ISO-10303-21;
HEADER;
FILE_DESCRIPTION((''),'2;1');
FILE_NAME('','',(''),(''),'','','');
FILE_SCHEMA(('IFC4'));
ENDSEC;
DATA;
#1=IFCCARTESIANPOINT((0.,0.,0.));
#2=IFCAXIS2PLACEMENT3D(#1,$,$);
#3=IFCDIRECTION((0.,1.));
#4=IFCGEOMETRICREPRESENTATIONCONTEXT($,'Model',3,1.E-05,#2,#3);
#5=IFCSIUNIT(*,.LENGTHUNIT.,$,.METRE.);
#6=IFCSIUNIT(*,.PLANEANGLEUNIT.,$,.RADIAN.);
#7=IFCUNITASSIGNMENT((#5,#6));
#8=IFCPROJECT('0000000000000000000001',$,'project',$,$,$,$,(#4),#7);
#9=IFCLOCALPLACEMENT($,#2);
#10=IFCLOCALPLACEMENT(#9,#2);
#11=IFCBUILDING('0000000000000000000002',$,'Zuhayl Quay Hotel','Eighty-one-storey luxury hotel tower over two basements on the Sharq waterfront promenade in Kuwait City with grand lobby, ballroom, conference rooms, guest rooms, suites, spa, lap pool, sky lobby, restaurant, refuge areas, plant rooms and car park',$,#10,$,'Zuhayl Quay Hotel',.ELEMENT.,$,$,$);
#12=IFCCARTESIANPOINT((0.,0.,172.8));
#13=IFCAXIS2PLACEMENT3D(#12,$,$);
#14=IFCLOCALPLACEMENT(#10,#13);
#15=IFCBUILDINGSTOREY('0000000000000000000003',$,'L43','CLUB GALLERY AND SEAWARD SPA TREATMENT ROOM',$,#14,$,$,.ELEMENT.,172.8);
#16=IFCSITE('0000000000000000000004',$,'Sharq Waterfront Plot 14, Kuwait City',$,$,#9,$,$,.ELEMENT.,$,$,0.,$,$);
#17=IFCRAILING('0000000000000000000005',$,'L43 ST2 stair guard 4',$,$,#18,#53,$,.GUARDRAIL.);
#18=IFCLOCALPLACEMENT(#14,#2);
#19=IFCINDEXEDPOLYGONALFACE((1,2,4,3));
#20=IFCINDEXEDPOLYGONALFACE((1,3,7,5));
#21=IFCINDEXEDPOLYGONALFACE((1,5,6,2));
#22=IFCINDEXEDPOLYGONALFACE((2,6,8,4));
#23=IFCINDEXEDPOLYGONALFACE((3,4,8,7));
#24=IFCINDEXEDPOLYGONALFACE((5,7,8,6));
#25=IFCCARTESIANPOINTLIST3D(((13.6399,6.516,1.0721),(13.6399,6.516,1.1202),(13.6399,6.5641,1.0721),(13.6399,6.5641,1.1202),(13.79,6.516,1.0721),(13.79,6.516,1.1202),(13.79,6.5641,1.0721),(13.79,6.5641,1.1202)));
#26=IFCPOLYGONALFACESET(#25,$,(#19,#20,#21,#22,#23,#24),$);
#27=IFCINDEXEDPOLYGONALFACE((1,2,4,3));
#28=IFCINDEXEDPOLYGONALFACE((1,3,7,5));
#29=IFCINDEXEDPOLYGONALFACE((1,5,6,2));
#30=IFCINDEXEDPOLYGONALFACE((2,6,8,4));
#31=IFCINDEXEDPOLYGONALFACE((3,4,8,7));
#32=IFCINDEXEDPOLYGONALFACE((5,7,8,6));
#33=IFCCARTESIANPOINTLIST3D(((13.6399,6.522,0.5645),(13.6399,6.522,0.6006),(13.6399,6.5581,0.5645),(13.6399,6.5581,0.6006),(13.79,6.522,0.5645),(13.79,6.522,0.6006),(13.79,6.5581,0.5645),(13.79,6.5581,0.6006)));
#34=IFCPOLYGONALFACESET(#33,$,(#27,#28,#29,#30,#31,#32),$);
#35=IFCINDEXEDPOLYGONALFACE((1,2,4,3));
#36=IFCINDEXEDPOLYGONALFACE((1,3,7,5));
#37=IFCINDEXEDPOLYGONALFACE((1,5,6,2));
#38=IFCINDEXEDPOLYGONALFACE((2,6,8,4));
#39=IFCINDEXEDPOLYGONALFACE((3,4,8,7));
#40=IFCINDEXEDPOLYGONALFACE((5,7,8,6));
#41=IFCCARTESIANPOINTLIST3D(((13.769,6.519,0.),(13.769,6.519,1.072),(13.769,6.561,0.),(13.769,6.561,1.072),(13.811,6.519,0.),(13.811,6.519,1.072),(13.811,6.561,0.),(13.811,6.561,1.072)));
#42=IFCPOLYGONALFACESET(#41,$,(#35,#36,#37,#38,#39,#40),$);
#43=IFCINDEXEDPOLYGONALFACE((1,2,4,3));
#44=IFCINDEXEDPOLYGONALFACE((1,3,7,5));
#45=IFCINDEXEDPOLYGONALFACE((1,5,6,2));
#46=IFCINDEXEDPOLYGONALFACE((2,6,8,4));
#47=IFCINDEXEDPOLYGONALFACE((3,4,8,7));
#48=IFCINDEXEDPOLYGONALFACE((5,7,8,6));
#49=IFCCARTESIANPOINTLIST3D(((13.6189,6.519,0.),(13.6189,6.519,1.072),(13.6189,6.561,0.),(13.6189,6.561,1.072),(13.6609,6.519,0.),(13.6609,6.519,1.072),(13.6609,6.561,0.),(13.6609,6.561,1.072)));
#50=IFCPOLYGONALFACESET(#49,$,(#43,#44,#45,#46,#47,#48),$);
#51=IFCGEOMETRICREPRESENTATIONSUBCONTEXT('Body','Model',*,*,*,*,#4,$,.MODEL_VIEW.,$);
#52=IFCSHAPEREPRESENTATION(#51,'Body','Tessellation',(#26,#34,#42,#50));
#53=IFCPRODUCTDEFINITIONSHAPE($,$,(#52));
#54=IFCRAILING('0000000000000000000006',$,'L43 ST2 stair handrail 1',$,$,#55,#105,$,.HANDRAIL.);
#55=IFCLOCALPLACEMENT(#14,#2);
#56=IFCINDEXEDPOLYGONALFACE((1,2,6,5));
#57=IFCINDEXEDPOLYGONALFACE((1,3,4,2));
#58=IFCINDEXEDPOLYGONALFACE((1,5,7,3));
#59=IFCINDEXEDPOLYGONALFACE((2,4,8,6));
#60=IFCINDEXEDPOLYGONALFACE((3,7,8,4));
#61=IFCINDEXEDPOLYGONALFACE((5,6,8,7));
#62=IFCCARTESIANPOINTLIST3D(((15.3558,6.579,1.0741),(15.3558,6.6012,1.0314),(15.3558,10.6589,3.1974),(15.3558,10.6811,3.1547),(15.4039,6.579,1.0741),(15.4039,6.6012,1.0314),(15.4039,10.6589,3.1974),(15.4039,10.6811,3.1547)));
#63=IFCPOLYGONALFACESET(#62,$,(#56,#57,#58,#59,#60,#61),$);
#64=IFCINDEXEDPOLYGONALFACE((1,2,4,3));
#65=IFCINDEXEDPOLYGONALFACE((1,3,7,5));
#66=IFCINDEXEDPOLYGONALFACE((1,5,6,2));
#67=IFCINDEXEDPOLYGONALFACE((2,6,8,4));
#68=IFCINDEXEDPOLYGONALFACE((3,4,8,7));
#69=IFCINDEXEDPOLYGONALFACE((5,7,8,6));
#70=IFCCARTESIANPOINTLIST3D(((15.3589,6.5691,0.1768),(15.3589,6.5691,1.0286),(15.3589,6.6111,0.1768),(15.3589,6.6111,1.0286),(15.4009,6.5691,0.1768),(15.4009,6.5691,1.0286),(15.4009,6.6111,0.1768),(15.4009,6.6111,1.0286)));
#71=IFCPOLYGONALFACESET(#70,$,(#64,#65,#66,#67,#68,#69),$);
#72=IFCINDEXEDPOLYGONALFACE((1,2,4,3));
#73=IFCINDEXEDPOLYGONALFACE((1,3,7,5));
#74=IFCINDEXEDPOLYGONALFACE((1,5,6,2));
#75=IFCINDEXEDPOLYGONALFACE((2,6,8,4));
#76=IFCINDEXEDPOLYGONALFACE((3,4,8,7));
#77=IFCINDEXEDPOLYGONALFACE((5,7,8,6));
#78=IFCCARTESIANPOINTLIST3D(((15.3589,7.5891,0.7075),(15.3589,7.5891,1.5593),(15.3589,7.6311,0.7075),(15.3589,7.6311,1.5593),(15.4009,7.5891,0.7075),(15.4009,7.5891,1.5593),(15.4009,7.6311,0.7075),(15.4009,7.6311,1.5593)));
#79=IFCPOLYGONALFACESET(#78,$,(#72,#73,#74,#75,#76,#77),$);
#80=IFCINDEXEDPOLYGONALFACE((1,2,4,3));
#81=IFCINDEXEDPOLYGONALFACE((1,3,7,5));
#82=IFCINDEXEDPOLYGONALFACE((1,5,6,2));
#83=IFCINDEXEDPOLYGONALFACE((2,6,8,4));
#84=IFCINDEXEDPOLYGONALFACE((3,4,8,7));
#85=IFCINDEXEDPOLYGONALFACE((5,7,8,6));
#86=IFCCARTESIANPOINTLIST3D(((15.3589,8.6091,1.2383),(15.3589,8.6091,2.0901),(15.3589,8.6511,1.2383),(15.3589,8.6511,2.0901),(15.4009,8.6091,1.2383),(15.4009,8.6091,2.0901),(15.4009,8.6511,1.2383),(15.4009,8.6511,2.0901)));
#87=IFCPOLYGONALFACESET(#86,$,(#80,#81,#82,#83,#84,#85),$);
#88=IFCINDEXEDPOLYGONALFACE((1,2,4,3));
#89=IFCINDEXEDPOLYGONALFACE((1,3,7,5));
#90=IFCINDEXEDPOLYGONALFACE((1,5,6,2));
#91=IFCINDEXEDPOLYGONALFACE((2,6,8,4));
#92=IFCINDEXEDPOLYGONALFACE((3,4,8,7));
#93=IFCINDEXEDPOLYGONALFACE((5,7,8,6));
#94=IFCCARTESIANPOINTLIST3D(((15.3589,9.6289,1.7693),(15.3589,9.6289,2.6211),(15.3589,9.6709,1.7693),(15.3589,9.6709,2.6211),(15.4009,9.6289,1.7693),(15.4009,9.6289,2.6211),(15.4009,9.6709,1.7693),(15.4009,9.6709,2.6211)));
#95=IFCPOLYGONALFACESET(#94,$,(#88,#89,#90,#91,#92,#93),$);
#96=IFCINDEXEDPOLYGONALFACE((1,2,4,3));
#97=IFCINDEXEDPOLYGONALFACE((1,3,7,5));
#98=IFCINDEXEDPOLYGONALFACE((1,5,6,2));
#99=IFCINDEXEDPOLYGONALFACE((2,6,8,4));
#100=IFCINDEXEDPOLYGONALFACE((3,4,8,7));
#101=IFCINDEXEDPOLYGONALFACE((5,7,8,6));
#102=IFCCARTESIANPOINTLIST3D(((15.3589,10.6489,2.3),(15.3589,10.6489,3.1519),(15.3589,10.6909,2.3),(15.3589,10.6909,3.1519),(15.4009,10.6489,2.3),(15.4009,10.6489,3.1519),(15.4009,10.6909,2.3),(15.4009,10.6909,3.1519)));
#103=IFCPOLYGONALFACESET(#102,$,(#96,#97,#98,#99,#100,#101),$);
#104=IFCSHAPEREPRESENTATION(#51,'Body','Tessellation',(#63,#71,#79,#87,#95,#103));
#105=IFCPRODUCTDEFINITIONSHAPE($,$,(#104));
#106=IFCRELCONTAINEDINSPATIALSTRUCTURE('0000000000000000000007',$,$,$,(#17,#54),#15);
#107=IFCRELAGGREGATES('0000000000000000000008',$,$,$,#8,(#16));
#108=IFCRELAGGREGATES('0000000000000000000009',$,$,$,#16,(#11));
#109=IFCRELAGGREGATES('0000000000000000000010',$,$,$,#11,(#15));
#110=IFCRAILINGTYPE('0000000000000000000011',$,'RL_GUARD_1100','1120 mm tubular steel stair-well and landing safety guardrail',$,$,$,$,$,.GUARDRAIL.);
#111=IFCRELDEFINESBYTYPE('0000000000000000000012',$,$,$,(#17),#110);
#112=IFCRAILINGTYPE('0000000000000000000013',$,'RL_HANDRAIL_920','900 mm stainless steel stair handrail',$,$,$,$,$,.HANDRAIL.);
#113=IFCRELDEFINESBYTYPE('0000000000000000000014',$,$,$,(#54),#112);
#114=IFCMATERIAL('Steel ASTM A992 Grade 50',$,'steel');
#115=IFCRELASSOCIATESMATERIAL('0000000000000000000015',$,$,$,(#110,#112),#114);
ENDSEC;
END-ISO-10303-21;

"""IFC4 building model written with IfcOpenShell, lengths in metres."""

from ifc_helpers import new_model, si_unit, direction, frame, origin, origin_2d, place, context, subcontext, project, spatial, rectangle, extrude, material, type_object, element, save


model = new_model("IFC4")

# Units and contexts
model_context = context("Model", 3, precision=1e-05, world=origin(), true_north=direction((0.0, 1.0)))
body_context = subcontext(model_context, "Body", "Model", "MODEL_VIEW")
ifc_project = project(units=[si_unit("LENGTHUNIT", "METRE"), si_unit("PLANEANGLEUNIT", "RADIAN")], contexts=[model_context])

# Site, building, storey
site_placement = place(None, origin())
site = spatial("IfcSite", under=ifc_project, at=site_placement, Name="Sharq Waterfront Plot 14, Kuwait City", CompositionType="ELEMENT", RefElevation=0.0)
building_placement = place(site_placement, origin())
building = spatial("IfcBuilding", under=site, at=building_placement, Name="Zuhayl Quay Hotel", Description="Eighty-one-storey luxury hotel tower over two basements on the Sharq waterfront promenade in Kuwait City with grand lobby, ballroom, conference rooms, guest rooms, suites, spa, lap pool, sky lobby, restaurant, refuge areas, plant rooms and car park", LongName="Zuhayl Quay Hotel", CompositionType="ELEMENT")
storey_placement = place(building_placement, frame((0.0, 0.0, 172.8)))
storey = spatial("IfcBuildingStorey", under=building, at=storey_placement, Name="L43", Description="CLUB GALLERY AND SEAWARD SPA TREATMENT ROOM", CompositionType="ELEMENT", Elevation=172.8)

# Shared definitions
ifc_material_1 = material(Name="Steel ASTM A992 Grade 50", Category="steel")

# Railings
railing_type_1 = type_object("IfcRailingType", Name="RL_GUARD_1100", Description="1120 mm tubular steel stair-well and landing safety guardrail", PredefinedType="GUARDRAIL", material=ifc_material_1)
railing_1_placement = place(storey_placement, frame((13.79, 6.54, 0.0)))
element("IfcRailing", 1, at=railing_1_placement, inside=storey, type_object=railing_type_1, Name="L43 ST2 stair guard 4", PredefinedType="GUARDRAIL", context=body_context, shape_type="SweptSolid", body=[
    extrude(rectangle(XDim=0.0481, YDim=0.0481, at=origin_2d()), frame((0.0, 0.0, 1.0962), z_axis=(-1.0, 0.0, 0.0), x_axis=(0.0, -1.0, 0.0)), (0.0, 0.0, 1.0), 0.1501),
    extrude(rectangle(XDim=0.0361, YDim=0.0361, at=origin_2d()), frame((0.0, 0.0, 0.5825), z_axis=(-1.0, 0.0, 0.0), x_axis=(0.0, -1.0, 0.0)), (0.0, 0.0, 1.0), 0.1501),
    extrude(rectangle(XDim=0.042, YDim=0.042, at=origin_2d()), origin(), (0.0, 0.0, 1.0), 1.072),
    extrude(rectangle(XDim=0.042, YDim=0.042, at=origin_2d()), frame((-0.1501, 0.0, 0.0)), (0.0, 0.0, 1.0), 1.072),
])
railing_type_2 = type_object("IfcRailingType", Name="RL_HANDRAIL_920", Description="900 mm stainless steel stair handrail", PredefinedType="HANDRAIL", material=ifc_material_1)
railing_2_placement = place(storey_placement, frame((15.3799, 6.5901, 0.1768)))
element("IfcRailing", 2, at=railing_2_placement, inside=storey, type_object=railing_type_2, Name="L43 ST2 stair handrail 1", PredefinedType="HANDRAIL", context=body_context, shape_type="SweptSolid", body=[
    extrude(rectangle(XDim=0.0481, YDim=0.0481, at=origin_2d()), frame((0.0, 0.0, 0.876), z_axis=(0.0, 0.887059, 0.461657), x_axis=(-1.0, 0.0, 0.0)), (0.0, 0.0, 1.0), 4.5994),
    extrude(rectangle(XDim=0.042, YDim=0.042, at=origin_2d()), origin(), (0.0, 0.0, 1.0), 0.8518),
    extrude(rectangle(XDim=0.042, YDim=0.042, at=origin_2d()), frame((0.0, 1.02, 0.5308)), (0.0, 0.0, 1.0), 0.8518),
    extrude(rectangle(XDim=0.042, YDim=0.042, at=origin_2d()), frame((0.0, 2.04, 1.0615)), (0.0, 0.0, 1.0), 0.8518),
    extrude(rectangle(XDim=0.042, YDim=0.042, at=origin_2d()), frame((0.0, 3.0598, 1.5925)), (0.0, 0.0, 1.0), 0.8518),
    extrude(rectangle(XDim=0.042, YDim=0.042, at=origin_2d()), frame((0.0, 4.0798, 2.1233)), (0.0, 0.0, 1.0), 0.8518),
])

save(model, "model.ifc")
